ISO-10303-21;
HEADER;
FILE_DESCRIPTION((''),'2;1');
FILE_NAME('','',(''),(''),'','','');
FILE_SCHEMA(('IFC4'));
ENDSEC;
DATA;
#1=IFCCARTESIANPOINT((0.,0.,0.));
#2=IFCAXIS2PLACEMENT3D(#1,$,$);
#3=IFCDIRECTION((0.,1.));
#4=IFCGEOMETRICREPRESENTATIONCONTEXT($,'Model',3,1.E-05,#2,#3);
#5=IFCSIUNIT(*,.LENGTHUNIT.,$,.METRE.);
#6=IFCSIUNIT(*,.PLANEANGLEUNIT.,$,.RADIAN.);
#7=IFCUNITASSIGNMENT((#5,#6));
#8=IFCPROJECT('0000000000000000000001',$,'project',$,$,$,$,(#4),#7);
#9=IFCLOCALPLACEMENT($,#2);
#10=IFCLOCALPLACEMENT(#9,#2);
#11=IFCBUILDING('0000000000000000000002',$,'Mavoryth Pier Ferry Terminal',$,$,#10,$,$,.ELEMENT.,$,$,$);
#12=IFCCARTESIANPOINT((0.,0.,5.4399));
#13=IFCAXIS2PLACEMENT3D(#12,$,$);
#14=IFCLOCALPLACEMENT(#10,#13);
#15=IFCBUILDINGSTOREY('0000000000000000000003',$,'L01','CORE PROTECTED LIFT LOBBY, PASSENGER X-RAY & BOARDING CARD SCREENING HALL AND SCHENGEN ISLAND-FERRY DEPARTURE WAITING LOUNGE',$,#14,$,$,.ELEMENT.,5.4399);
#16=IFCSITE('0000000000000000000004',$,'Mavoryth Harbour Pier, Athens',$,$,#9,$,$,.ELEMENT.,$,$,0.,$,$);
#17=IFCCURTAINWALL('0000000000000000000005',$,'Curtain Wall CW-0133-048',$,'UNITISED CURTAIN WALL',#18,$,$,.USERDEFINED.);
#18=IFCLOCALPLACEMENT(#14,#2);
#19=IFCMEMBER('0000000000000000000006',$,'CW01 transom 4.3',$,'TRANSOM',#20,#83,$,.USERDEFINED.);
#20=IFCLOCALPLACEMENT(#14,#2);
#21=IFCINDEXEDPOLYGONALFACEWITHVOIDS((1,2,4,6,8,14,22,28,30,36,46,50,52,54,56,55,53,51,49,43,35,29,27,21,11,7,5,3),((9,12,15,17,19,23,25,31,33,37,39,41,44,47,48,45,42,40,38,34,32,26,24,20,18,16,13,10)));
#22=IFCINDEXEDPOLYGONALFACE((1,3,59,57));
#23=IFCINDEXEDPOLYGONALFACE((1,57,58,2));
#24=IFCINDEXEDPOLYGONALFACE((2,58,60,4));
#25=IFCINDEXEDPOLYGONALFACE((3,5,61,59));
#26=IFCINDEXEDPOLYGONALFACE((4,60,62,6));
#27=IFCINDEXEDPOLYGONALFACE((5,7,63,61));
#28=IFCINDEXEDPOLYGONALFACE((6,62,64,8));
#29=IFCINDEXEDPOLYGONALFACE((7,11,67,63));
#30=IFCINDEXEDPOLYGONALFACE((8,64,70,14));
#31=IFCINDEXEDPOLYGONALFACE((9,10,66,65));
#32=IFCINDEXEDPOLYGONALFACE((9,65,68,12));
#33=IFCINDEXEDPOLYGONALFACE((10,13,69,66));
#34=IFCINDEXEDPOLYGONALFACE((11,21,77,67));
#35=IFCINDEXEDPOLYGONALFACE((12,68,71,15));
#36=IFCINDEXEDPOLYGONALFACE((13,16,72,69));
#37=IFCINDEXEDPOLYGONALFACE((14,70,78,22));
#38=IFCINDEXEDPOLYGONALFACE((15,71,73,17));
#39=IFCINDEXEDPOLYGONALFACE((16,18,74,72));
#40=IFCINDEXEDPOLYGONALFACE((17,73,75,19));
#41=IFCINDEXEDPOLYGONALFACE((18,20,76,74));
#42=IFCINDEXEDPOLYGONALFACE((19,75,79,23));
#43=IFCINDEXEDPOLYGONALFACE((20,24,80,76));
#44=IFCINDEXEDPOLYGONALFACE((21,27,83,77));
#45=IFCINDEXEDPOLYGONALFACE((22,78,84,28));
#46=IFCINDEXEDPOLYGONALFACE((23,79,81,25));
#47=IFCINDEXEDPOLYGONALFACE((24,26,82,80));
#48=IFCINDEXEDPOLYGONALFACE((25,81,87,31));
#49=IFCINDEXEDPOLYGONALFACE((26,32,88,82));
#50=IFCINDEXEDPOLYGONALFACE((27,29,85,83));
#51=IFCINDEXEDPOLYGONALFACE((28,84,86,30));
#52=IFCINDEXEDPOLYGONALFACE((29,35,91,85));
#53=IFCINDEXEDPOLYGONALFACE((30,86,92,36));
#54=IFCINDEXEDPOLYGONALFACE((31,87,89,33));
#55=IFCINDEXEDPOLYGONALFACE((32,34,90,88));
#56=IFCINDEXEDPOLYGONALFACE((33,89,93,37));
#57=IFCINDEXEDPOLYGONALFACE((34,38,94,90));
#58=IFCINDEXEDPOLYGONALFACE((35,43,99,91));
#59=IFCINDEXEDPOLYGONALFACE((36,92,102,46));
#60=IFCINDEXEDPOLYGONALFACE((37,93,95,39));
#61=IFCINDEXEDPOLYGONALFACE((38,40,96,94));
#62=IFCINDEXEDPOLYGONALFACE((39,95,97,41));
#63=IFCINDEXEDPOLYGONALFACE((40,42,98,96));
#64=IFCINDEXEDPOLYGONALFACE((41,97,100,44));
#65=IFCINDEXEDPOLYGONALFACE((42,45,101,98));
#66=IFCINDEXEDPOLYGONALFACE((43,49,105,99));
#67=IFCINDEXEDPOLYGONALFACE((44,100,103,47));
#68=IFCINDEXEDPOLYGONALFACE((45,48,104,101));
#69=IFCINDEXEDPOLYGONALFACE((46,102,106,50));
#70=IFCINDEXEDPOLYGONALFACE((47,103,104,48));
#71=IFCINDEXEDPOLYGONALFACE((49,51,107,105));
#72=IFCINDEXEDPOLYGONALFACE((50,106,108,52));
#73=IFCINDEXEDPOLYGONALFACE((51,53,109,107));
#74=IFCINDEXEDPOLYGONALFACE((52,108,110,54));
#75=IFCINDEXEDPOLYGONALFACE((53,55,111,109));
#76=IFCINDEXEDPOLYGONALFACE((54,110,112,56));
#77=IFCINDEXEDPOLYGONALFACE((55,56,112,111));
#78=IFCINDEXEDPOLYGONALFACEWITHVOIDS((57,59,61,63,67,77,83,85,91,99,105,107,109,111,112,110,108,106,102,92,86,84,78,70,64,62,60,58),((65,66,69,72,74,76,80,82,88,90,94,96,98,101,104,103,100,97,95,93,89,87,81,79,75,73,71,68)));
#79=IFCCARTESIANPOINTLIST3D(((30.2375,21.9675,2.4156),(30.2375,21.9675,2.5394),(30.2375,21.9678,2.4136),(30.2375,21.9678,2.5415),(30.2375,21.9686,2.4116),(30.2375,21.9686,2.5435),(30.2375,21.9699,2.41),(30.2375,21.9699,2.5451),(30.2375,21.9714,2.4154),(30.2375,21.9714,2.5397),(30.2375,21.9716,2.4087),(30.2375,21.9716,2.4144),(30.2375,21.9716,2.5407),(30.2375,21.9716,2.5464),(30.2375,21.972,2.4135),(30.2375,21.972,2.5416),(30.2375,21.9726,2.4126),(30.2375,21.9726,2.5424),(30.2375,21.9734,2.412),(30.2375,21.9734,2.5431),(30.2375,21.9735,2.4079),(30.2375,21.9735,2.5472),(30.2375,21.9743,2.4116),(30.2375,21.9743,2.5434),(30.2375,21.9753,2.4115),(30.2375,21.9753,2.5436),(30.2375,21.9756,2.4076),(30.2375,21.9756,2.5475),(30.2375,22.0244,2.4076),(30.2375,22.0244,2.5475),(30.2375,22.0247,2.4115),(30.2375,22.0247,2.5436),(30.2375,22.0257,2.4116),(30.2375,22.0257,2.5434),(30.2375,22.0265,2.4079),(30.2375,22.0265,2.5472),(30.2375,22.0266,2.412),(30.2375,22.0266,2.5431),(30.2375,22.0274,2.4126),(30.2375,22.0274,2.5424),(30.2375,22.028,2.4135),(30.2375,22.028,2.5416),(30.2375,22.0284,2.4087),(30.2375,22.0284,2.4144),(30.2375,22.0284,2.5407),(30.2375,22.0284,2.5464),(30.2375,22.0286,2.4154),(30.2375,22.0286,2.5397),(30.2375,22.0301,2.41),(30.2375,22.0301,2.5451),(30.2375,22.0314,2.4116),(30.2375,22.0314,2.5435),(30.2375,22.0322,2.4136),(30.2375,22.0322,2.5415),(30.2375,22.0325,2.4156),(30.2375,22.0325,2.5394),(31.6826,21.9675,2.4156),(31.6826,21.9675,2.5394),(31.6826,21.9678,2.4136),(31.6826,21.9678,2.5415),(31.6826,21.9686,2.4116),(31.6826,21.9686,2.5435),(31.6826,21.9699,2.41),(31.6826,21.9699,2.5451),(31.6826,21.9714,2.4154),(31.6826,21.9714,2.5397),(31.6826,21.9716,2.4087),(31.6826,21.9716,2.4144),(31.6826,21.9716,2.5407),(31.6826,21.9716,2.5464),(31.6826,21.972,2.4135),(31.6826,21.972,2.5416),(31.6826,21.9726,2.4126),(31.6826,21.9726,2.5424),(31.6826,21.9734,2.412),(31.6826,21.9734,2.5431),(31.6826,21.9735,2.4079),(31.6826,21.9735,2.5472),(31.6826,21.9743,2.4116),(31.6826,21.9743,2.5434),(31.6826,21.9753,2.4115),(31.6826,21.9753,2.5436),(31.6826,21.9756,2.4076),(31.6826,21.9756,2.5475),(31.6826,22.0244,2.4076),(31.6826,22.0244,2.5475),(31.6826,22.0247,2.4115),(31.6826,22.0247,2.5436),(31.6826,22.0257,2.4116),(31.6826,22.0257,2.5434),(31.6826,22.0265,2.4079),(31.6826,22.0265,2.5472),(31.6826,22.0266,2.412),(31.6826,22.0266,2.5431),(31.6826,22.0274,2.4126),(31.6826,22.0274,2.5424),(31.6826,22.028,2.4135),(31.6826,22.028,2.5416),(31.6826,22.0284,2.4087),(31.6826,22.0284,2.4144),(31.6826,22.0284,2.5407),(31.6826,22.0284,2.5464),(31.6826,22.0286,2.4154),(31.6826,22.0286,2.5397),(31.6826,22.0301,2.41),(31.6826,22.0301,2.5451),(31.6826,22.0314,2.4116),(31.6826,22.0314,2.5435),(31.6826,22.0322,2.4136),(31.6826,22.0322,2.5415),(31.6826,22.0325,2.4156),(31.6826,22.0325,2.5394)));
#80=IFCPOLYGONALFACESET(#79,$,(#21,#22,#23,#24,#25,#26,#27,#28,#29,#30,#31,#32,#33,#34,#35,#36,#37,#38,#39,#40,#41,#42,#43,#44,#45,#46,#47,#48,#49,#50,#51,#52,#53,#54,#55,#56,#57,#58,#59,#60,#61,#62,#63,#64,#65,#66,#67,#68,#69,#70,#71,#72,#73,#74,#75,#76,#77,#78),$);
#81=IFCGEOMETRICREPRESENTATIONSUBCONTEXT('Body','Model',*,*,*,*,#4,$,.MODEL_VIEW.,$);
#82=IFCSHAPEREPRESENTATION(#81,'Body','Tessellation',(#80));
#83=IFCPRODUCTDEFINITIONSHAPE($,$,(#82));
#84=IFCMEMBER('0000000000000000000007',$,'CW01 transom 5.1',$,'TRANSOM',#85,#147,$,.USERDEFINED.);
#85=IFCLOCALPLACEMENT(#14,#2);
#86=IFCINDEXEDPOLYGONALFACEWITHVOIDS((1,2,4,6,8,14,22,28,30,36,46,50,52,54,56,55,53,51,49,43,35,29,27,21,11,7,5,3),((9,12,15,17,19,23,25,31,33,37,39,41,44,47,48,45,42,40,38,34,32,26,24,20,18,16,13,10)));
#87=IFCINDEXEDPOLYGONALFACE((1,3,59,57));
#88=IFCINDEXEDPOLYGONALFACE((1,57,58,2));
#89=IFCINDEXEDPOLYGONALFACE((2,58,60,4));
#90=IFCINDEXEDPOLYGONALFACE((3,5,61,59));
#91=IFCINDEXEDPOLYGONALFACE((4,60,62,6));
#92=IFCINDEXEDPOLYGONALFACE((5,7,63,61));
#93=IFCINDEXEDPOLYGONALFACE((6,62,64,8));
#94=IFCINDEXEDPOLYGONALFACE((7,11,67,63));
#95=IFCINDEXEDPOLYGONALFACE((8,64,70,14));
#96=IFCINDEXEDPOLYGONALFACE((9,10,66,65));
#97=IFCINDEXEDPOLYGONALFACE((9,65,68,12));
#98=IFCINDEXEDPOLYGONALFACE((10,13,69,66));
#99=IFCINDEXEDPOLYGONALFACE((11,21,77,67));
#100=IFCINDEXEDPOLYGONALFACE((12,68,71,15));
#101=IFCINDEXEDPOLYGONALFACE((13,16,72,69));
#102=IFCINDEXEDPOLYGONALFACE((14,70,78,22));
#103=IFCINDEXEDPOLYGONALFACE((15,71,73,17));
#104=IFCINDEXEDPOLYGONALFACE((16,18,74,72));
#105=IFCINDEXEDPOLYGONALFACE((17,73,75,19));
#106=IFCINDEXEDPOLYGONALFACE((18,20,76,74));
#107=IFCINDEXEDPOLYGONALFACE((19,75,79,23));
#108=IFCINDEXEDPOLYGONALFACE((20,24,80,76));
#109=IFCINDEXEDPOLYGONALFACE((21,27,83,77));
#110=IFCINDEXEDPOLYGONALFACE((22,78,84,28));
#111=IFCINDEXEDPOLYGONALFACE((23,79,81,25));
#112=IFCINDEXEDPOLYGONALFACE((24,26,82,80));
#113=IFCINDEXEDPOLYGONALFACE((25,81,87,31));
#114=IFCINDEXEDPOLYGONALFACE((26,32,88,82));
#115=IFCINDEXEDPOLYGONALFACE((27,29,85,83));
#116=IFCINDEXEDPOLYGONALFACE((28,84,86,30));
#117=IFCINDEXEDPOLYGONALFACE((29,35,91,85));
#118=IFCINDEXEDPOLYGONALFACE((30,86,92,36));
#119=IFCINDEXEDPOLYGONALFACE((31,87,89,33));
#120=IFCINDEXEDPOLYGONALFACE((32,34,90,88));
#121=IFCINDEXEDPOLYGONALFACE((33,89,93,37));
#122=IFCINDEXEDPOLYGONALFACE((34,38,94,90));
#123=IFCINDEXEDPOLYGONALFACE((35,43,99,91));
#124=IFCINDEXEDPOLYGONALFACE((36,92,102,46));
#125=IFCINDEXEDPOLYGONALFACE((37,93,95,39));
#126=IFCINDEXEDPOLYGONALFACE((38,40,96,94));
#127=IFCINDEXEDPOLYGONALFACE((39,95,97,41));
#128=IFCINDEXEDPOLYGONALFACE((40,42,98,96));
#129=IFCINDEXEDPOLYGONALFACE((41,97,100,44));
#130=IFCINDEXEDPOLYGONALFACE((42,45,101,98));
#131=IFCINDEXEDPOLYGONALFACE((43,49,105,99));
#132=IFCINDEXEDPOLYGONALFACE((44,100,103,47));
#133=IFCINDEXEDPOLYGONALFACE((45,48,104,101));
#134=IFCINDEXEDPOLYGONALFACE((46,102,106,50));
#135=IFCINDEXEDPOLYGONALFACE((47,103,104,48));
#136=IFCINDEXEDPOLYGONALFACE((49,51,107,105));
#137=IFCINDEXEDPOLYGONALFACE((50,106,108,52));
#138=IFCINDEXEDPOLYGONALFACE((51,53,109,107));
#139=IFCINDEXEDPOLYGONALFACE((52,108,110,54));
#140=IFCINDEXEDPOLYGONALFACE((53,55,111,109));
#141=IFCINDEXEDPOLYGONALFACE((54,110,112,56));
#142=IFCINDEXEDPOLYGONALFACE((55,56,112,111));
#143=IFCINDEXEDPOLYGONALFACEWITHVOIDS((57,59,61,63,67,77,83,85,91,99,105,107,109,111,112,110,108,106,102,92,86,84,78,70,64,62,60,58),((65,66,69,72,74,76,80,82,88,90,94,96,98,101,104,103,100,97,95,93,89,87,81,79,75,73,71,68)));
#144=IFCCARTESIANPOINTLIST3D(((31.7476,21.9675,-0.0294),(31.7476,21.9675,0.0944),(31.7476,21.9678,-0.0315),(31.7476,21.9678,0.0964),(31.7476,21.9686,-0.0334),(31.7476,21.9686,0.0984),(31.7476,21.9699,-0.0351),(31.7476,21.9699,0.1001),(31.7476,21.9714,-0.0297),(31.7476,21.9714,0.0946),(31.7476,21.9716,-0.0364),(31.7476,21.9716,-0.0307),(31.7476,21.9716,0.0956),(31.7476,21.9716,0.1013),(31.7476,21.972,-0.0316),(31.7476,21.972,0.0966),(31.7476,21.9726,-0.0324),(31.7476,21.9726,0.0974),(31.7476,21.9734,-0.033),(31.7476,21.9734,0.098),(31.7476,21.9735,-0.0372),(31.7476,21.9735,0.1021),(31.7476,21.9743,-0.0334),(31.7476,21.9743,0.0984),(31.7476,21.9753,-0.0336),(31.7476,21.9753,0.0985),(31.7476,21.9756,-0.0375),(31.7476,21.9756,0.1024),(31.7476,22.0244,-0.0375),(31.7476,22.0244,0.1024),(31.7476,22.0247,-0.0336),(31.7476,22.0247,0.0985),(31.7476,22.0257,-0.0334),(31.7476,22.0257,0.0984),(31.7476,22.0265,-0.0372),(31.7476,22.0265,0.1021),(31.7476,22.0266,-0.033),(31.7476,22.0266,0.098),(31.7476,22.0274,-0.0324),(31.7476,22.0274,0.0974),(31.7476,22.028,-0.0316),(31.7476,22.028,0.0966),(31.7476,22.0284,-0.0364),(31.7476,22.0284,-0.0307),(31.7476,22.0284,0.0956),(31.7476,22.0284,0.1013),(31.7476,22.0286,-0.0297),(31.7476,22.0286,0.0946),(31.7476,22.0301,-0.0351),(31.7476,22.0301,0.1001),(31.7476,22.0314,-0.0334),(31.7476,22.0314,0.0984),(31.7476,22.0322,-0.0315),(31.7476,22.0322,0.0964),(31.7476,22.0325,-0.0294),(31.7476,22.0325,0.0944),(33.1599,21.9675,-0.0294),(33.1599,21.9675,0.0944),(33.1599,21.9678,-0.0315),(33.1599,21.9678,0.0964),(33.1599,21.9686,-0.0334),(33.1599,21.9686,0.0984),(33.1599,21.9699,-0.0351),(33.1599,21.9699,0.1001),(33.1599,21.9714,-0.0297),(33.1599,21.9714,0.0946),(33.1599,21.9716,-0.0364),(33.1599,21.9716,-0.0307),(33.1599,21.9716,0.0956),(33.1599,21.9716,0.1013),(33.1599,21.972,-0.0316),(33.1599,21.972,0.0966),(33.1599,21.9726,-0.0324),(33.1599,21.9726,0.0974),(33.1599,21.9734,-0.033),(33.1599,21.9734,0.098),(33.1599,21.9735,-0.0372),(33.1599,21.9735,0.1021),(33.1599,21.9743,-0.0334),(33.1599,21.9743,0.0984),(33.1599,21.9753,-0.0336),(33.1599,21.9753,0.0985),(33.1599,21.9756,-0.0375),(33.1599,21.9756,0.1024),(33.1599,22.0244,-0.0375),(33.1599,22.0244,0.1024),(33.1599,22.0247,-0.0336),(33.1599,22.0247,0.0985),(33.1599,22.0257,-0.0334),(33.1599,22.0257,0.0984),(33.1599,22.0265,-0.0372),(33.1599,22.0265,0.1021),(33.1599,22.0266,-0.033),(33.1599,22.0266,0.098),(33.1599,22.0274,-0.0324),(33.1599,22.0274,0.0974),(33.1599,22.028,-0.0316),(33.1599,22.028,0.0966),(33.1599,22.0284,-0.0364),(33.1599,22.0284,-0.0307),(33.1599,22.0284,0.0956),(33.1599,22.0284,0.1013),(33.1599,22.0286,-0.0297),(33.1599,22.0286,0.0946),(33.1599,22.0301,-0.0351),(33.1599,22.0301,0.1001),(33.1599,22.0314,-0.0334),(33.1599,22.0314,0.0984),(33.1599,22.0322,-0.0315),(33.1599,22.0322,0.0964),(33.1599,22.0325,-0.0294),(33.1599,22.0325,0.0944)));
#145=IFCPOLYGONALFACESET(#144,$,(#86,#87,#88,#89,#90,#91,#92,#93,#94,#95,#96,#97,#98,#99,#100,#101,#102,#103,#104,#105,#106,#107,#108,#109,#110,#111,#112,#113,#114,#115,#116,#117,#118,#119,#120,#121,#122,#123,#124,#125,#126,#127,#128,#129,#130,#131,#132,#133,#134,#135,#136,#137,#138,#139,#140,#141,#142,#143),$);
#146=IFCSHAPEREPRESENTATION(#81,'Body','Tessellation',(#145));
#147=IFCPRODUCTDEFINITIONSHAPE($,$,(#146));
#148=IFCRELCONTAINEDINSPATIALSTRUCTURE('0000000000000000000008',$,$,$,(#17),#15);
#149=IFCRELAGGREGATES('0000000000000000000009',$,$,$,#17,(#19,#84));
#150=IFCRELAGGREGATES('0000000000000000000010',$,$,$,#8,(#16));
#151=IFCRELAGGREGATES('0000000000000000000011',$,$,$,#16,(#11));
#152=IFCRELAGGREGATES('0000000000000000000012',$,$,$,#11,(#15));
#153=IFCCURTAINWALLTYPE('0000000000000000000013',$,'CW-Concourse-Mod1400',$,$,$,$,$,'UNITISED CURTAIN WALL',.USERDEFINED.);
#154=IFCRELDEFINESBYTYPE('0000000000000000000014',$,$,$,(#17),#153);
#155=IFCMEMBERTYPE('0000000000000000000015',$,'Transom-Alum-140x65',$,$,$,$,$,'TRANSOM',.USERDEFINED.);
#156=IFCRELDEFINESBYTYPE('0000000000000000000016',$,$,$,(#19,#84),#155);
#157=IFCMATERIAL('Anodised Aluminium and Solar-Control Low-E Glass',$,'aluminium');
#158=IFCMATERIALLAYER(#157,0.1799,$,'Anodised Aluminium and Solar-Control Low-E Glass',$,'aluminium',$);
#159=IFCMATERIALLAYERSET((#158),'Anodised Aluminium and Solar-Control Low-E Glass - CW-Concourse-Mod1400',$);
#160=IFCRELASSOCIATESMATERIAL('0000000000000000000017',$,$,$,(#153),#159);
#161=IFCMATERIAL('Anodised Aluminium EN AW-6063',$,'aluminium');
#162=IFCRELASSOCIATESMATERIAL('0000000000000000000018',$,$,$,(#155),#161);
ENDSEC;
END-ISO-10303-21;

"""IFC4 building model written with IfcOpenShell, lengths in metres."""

from ifc_helpers import new_model, si_unit, direction, frame, origin, origin_2d, place, context, subcontext, project, spatial, hollow_rectangle, extrude, material, layer, layer_set, material_profile, profile_set, type_object, element, aggregate, save


model = new_model("IFC4")

# Units and contexts
model_context = context("Model", 3, precision=1e-05, world=origin(), true_north=direction((0.0, 1.0)))
body_context = subcontext(model_context, "Body", "Model", "MODEL_VIEW")
ifc_project = project(units=[si_unit("LENGTHUNIT", "METRE"), si_unit("PLANEANGLEUNIT", "RADIAN")], contexts=[model_context])

# Site, building, storey
site_placement = place(None, origin())
site = spatial("IfcSite", under=ifc_project, at=site_placement, Name="Mavoryth Harbour Pier, Athens", CompositionType="ELEMENT", RefElevation=0.0)
building_placement = place(site_placement, origin())
building = spatial("IfcBuilding", under=site, at=building_placement, Name="Mavoryth Pier Ferry Terminal", CompositionType="ELEMENT")
storey_placement = place(building_placement, frame((0.0, 0.0, 5.4399)))
storey = spatial("IfcBuildingStorey", under=building, at=storey_placement, Name="L01", Description="CORE PROTECTED LIFT LOBBY, PASSENGER X-RAY & BOARDING CARD SCREENING HALL AND SCHENGEN ISLAND-FERRY DEPARTURE WAITING LOUNGE", CompositionType="ELEMENT", Elevation=5.4399)

# Shared definitions
ifc_material_1 = material(Name="Anodised Aluminium and Solar-Control Low-E Glass", Category="aluminium")
ifc_layer_1 = layer(ifc_material_1, 0.1799, Name="Anodised Aluminium and Solar-Control Low-E Glass", Category="aluminium")
ifc_layer_set_1 = layer_set([ifc_layer_1], Name="Anodised Aluminium and Solar-Control Low-E Glass - CW-Concourse-Mod1400")
curtain_wall_type = type_object("IfcCurtainWallType", Name="CW-Concourse-Mod1400", ElementType="UNITISED CURTAIN WALL", PredefinedType="USERDEFINED", material=ifc_layer_set_1)
ifc_material_2 = material(Name="Anodised Aluminium EN AW-6063", Category="aluminium")

# Curtain wall, members
curtain_wall_1_placement = place(storey_placement, origin())
curtain_wall_1 = element("IfcCurtainWall", 1, at=curtain_wall_1_placement, inside=storey, type_object=curtain_wall_type, Name="Curtain Wall CW-0133-048", ObjectType="UNITISED CURTAIN WALL", PredefinedType="USERDEFINED")
ifc_material_profile_1 = material_profile(ifc_material_2, hollow_rectangle(XDim=0.0649, YDim=0.1399, WallThickness=0.0039, InnerFilletRadius=0.0039, OuterFilletRadius=0.0081, at=origin_2d()), Name="AL-TRAN 140x65x4", Category="aluminium")
ifc_profile_set_1 = profile_set([ifc_material_profile_1], Name="Anodised Aluminium EN AW-6063 - AL-TRAN 140x65x4")
member_type_1 = type_object("IfcMemberType", Name="Transom-Alum-140x65", ElementType="TRANSOM", PredefinedType="USERDEFINED", material=ifc_profile_set_1)
member_1_placement = place(storey_placement, frame((30.2375, 22.0, 2.4775), z_axis=(1.0, 0.0, 0.0), x_axis=(0.0, 1.0, 0.0)))
member_1 = element("IfcMember", 2, at=member_1_placement, type_object=member_type_1, Name="CW01 transom 4.3", ObjectType="TRANSOM", PredefinedType="USERDEFINED", context=body_context, shape_type="SweptSolid", body=[
    extrude(hollow_rectangle(XDim=0.0649, YDim=0.1399, WallThickness=0.0039, InnerFilletRadius=0.0039, OuterFilletRadius=0.0081, at=origin_2d()), origin(), (0.0, 0.0, 1.0), 1.4451),
])
member_2_placement = place(storey_placement, frame((31.7476, 22.0, 0.0325), z_axis=(1.0, 0.0, 0.0), x_axis=(0.0, 1.0, 0.0)))
member_2 = element("IfcMember", 3, at=member_2_placement, type_object=member_type_1, Name="CW01 transom 5.1", ObjectType="TRANSOM", PredefinedType="USERDEFINED", context=body_context, shape_type="SweptSolid", body=[
    extrude(hollow_rectangle(XDim=0.0649, YDim=0.1399, WallThickness=0.0039, InnerFilletRadius=0.0039, OuterFilletRadius=0.0081, at=origin_2d()), origin(), (0.0, 0.0, 1.0), 1.4124),
])

aggregate(curtain_wall_1, [member_1, member_2])

save(model, "model.ifc")
